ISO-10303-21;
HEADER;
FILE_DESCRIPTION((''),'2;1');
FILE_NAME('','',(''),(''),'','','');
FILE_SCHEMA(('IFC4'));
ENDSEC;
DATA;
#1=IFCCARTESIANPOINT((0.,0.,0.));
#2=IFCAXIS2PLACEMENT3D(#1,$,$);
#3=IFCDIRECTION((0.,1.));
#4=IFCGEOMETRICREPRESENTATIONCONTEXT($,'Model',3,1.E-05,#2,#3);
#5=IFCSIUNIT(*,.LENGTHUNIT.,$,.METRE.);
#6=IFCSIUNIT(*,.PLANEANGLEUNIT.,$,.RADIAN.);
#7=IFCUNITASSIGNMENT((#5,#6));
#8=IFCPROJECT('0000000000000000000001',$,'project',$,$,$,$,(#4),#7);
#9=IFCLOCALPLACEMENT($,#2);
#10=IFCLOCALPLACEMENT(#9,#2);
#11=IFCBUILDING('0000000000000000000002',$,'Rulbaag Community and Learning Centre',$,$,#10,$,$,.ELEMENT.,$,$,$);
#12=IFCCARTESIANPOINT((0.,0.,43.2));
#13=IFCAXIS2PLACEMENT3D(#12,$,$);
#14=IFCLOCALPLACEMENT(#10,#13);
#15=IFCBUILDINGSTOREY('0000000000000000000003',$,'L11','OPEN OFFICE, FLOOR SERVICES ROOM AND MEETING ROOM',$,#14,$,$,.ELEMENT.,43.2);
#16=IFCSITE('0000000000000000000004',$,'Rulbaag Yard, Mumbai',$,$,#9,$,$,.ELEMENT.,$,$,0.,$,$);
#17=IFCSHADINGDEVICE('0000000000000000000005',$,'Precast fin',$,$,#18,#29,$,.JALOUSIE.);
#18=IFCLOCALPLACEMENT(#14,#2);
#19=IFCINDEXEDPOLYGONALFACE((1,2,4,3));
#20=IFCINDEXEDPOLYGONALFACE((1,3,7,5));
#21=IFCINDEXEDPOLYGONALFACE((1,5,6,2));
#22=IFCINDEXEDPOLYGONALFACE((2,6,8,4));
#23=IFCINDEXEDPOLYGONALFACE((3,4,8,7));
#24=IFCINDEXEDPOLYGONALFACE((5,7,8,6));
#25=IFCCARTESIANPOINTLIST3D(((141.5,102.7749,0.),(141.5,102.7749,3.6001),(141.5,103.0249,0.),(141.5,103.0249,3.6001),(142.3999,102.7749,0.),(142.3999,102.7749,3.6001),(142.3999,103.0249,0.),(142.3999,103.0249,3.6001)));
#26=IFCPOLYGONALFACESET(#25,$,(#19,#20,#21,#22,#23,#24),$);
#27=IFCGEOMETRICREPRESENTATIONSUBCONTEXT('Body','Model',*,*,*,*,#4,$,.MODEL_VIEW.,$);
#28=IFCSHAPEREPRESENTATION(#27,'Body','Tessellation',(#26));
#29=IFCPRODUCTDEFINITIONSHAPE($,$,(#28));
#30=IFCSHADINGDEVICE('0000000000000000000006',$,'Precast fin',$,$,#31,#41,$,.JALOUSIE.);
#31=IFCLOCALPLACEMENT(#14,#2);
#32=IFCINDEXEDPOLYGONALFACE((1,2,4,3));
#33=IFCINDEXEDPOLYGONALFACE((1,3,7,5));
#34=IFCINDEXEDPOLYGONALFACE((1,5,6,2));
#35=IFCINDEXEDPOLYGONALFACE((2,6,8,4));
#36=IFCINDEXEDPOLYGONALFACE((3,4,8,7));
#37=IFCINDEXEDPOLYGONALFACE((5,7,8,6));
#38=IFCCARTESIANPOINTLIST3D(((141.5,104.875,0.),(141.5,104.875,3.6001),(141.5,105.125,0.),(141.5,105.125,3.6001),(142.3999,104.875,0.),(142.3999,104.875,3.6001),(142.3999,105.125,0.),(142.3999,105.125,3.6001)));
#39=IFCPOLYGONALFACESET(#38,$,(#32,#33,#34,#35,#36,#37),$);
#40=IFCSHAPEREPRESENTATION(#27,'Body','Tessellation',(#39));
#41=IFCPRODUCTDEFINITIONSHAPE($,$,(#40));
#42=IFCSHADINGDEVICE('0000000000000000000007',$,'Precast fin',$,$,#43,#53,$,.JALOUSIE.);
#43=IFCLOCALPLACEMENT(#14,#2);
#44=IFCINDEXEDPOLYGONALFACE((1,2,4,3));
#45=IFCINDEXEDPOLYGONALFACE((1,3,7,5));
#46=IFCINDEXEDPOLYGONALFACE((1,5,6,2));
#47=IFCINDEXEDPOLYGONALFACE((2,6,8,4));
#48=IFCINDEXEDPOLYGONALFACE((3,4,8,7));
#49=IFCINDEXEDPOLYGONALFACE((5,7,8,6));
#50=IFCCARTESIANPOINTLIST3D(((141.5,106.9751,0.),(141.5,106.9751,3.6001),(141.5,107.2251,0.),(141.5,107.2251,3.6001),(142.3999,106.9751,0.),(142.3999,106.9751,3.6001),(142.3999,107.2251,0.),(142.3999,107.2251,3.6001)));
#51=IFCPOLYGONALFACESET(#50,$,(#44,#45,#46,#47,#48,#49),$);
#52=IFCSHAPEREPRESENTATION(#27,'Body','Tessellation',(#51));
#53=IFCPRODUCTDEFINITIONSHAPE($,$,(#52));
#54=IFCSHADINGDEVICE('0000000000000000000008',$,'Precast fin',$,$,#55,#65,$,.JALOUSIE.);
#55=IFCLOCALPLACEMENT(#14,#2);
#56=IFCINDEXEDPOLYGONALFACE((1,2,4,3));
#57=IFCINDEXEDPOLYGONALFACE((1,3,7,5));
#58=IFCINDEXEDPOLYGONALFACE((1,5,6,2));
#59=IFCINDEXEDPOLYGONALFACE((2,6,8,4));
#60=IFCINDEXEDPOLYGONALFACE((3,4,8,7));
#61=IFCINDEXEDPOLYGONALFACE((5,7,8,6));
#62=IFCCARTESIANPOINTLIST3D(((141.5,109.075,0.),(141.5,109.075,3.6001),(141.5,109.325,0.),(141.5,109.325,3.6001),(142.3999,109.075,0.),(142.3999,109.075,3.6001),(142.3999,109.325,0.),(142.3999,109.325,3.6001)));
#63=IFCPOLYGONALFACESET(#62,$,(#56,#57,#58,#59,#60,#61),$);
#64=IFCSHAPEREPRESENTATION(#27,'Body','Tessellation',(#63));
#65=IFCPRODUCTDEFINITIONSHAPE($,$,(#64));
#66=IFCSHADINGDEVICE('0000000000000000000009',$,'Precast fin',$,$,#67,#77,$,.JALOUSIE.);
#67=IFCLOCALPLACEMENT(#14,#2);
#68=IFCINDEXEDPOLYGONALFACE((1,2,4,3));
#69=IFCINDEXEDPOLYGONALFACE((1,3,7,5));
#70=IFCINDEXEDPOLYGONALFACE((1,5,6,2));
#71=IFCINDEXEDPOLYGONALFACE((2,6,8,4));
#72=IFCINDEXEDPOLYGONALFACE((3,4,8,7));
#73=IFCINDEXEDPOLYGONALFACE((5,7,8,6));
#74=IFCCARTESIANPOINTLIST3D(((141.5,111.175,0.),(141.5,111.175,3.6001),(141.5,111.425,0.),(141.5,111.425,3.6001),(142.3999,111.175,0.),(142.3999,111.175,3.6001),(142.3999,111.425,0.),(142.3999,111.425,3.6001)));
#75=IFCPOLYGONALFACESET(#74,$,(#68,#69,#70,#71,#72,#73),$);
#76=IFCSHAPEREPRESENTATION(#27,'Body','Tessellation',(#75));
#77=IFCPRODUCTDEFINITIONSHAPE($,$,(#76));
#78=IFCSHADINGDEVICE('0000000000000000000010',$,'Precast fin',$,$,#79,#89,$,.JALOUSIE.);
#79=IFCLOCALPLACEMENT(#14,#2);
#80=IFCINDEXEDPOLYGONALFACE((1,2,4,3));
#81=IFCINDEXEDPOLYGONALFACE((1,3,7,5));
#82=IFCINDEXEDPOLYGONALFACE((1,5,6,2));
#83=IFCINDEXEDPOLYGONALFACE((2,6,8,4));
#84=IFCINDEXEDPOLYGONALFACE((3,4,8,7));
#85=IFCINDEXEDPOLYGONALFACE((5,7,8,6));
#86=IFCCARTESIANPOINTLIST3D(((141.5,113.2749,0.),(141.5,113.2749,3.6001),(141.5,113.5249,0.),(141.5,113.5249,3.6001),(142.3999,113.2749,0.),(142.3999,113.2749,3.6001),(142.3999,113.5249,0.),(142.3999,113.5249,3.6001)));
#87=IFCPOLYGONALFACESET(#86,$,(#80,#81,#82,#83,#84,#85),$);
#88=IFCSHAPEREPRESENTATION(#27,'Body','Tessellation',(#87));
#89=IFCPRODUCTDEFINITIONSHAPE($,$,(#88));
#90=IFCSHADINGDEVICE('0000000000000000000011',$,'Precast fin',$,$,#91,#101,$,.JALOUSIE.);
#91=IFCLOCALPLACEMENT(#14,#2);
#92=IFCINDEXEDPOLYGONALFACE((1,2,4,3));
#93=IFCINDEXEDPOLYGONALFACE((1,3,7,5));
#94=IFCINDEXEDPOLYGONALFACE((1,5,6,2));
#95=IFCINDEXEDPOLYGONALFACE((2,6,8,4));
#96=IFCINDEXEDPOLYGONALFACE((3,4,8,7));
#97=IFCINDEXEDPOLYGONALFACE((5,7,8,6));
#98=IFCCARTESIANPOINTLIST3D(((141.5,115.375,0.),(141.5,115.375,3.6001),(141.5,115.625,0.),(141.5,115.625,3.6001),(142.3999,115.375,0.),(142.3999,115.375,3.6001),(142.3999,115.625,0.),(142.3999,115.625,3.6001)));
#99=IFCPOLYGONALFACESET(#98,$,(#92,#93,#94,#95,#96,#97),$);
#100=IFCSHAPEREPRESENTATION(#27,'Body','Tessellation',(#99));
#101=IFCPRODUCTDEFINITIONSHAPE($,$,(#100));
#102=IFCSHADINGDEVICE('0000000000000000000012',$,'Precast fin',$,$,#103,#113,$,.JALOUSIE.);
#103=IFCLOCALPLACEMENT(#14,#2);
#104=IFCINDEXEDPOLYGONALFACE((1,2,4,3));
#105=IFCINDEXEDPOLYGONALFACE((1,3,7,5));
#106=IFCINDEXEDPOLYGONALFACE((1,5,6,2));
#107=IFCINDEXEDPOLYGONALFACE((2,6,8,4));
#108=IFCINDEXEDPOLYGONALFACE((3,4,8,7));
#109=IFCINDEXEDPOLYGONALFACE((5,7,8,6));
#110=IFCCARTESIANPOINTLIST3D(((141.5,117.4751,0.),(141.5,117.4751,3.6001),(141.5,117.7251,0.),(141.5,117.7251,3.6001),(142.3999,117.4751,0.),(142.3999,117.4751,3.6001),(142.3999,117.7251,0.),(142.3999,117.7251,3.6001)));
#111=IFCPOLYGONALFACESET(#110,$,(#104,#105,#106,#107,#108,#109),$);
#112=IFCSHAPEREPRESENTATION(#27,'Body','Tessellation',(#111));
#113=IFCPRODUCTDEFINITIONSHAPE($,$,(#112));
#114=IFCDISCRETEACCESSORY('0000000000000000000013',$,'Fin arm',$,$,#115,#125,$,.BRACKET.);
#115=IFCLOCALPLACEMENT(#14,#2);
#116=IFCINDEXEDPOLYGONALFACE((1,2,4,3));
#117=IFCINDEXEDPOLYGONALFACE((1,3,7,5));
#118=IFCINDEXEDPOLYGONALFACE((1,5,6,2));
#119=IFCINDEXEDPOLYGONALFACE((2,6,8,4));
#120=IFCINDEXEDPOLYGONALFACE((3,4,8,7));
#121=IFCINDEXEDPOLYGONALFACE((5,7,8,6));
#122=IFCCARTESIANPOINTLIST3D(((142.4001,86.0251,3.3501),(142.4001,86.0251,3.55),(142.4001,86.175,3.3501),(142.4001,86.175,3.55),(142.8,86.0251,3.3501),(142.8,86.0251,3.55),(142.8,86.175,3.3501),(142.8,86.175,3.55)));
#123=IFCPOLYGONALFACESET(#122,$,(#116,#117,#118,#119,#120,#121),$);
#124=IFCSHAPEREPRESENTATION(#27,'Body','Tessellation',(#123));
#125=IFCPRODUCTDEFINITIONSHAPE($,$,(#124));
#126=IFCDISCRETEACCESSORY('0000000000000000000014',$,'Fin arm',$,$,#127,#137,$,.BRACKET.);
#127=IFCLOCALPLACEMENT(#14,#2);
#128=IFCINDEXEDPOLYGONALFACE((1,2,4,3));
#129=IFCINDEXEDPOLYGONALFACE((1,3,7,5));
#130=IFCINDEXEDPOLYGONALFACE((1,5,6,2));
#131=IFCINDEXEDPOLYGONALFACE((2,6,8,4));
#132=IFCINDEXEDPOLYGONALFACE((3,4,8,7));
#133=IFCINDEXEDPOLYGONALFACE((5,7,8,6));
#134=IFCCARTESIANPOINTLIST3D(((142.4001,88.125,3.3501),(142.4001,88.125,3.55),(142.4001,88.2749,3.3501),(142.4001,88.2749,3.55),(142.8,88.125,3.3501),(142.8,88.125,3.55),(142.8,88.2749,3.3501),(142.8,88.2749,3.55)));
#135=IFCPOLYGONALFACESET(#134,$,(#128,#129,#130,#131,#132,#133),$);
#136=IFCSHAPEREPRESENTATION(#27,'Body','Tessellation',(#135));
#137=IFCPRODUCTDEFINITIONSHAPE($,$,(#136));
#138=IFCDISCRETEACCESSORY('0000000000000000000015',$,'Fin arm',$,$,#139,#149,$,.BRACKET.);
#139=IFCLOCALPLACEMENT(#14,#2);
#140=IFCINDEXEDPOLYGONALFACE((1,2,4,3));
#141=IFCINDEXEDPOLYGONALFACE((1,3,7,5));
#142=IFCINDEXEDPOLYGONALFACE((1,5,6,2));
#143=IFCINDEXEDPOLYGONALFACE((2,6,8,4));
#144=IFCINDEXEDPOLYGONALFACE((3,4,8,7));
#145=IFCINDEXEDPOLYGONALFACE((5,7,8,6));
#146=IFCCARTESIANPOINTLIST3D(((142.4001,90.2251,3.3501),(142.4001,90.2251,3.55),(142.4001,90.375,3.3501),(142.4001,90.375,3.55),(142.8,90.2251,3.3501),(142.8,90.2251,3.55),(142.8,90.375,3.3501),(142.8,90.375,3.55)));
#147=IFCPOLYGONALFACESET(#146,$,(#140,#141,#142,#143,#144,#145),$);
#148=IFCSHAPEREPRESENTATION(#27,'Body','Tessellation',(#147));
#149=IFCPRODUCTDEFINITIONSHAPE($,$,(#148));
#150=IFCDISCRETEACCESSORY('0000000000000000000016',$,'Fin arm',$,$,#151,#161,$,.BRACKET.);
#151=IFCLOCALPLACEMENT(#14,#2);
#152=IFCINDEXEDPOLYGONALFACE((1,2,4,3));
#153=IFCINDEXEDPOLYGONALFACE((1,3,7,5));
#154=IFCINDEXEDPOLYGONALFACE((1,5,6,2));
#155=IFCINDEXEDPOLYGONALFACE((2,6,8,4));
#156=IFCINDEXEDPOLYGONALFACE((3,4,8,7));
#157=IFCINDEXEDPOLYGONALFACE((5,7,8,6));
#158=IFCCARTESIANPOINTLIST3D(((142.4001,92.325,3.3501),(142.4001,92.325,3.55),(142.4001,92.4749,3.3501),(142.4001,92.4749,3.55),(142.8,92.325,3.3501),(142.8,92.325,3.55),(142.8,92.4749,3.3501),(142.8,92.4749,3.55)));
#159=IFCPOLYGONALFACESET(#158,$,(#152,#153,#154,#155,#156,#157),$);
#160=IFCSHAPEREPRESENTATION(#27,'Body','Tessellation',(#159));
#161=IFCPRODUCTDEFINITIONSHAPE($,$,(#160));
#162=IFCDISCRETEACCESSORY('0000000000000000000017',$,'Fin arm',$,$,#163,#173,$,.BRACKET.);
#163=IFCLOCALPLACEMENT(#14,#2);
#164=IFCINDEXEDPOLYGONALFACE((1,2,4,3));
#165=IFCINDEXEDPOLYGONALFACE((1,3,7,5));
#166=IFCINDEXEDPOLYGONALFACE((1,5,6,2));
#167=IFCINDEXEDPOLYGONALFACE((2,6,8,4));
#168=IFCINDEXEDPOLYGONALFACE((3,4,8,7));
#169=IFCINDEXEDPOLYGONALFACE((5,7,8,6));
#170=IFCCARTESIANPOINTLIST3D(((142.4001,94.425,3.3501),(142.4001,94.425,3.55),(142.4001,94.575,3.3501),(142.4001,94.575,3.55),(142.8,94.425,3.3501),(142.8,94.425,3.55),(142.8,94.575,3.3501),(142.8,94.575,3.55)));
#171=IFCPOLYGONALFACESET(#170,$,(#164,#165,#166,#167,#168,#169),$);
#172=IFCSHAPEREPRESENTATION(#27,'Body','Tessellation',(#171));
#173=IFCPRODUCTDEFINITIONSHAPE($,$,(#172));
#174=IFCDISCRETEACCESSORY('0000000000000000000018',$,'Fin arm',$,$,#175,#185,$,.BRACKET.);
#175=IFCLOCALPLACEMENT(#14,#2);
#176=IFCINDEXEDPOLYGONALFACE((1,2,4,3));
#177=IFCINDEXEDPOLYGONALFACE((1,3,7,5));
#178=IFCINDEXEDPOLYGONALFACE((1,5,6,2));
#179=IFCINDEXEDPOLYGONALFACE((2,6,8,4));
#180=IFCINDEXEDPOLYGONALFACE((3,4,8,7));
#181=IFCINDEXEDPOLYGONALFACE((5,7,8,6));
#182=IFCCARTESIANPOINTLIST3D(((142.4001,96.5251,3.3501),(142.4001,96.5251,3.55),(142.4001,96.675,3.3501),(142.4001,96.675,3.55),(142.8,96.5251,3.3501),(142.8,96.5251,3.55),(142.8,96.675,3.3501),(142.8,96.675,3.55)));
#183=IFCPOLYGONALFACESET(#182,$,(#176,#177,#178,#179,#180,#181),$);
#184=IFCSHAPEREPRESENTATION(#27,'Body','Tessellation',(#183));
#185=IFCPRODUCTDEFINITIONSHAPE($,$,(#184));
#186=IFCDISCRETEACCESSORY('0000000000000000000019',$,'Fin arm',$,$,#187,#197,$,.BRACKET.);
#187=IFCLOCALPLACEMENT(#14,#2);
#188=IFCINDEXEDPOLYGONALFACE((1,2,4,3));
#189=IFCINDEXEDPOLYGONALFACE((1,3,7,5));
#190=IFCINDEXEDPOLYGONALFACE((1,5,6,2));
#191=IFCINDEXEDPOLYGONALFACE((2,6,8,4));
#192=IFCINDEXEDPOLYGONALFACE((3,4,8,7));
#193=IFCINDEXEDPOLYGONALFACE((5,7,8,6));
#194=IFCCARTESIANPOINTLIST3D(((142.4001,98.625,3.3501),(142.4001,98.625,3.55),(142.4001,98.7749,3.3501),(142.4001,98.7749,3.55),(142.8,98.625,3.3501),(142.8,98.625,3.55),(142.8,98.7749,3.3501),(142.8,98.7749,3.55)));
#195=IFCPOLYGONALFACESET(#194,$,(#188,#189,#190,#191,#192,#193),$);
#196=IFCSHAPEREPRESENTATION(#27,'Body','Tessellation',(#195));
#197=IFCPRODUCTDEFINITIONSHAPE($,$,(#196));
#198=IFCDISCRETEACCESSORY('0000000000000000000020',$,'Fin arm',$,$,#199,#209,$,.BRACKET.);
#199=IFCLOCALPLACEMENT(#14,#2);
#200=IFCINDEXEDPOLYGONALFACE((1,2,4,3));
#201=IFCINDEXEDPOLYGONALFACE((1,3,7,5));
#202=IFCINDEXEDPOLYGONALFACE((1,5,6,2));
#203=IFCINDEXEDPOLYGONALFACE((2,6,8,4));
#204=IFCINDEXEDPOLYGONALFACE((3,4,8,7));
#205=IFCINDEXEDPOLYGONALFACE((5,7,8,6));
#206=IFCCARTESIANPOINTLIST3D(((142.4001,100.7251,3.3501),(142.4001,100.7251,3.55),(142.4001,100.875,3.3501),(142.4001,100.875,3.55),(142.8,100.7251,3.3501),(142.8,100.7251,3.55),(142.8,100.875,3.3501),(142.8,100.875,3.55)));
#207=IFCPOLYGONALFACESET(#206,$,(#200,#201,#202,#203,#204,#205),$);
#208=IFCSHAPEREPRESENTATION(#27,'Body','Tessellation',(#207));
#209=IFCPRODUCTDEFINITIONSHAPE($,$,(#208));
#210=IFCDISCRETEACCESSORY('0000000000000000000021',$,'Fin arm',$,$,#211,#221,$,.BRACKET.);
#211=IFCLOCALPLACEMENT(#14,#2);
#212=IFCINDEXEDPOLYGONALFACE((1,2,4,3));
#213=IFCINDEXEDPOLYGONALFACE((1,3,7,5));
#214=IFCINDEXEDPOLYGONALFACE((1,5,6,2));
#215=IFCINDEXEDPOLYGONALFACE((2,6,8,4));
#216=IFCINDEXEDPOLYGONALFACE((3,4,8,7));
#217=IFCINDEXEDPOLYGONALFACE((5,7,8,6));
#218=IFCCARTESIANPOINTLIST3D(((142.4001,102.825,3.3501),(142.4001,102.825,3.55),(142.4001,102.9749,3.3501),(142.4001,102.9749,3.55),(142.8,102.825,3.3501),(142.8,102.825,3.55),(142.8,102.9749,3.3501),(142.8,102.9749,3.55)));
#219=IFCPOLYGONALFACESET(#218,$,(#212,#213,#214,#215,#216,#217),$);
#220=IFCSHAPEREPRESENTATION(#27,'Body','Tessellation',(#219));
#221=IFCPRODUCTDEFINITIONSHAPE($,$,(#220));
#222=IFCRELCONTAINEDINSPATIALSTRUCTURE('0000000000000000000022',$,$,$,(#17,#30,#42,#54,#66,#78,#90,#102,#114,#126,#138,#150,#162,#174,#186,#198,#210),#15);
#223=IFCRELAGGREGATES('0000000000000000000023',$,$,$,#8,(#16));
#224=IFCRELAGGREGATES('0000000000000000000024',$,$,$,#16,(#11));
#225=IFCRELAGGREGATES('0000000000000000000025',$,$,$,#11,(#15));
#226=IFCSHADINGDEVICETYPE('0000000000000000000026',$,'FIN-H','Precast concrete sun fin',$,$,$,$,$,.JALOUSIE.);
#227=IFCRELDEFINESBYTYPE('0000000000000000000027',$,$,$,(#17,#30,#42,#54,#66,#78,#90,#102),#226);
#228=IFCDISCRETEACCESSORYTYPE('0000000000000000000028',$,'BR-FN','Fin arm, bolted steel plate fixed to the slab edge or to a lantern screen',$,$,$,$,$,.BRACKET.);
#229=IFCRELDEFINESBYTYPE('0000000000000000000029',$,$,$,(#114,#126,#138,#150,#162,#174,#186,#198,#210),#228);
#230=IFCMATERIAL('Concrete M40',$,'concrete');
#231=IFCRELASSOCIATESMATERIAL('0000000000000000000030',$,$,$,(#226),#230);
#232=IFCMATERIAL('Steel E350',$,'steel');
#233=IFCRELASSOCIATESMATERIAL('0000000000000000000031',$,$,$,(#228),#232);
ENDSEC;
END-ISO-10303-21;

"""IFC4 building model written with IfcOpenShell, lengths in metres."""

from ifc_helpers import new_model, si_unit, direction, frame, origin, origin_2d, place, context, subcontext, project, spatial, rectangle, extrude, material, material_profile, profile_set, type_object, element, save


model = new_model("IFC4")

# Units and contexts
model_context = context("Model", 3, precision=1e-05, world=origin(), true_north=direction((0.0, 1.0)))
body_context = subcontext(model_context, "Body", "Model", "MODEL_VIEW")
ifc_project = project(units=[si_unit("LENGTHUNIT", "METRE"), si_unit("PLANEANGLEUNIT", "RADIAN")], contexts=[model_context])

# Site, building, storey
site_placement = place(None, origin())
site = spatial("IfcSite", under=ifc_project, at=site_placement, Name="Rulbaag Yard, Mumbai", CompositionType="ELEMENT", RefElevation=0.0)
building_placement = place(site_placement, origin())
building = spatial("IfcBuilding", under=site, at=building_placement, Name="Rulbaag Community and Learning Centre", CompositionType="ELEMENT")
storey_placement = place(building_placement, frame((0.0, 0.0, 43.2)))
storey = spatial("IfcBuildingStorey", under=building, at=storey_placement, Name="L11", Description="OPEN OFFICE, FLOOR SERVICES ROOM AND MEETING ROOM", CompositionType="ELEMENT", Elevation=43.2)

# Shared definitions
ifc_material_1 = material(Name="Concrete M40", Category="concrete")

# Shading devices
ifc_material_profile = material_profile(ifc_material_1, rectangle(XDim=0.25, YDim=0.8999, at=origin_2d()), Name="PC 250x900")
ifc_profile_set = profile_set([ifc_material_profile], Name="Concrete M40")
shading_device_type = type_object("IfcShadingDeviceType", Name="FIN-H", Description="Precast concrete sun fin", PredefinedType="JALOUSIE", material=ifc_profile_set)
for number, where, z_axis, x_axis, name in (
    (1, (141.95, 102.8999, 0.0), (0.0, 0.0, 1.0), (0.0, 1.0, 0.0), "Precast fin"),
    (2, (141.95, 105.0, 0.0), (0.0, 0.0, 1.0), (0.0, 1.0, 0.0), "Precast fin"),
    (3, (141.95, 107.1001, 0.0), (0.0, 0.0, 1.0), (0.0, 1.0, 0.0), "Precast fin"),
    (4, (141.95, 109.2, 0.0), (0.0, 0.0, 1.0), (0.0, 1.0, 0.0), "Precast fin"),
    (5, (141.95, 111.3, 0.0), (0.0, 0.0, 1.0), (0.0, 1.0, 0.0), "Precast fin"),
    (6, (141.95, 113.3999, 0.0), (0.0, 0.0, 1.0), (0.0, 1.0, 0.0), "Precast fin"),
    (7, (141.95, 115.5, 0.0), (0.0, 0.0, 1.0), (0.0, 1.0, 0.0), "Precast fin"),
    (8, (141.95, 117.6001, 0.0), (0.0, 0.0, 1.0), (0.0, 1.0, 0.0), "Precast fin"),
):
    element("IfcShadingDevice", number, at=place(storey_placement, frame(where, z_axis=z_axis, x_axis=x_axis)), inside=storey, type_object=shading_device_type, Name=name, PredefinedType="JALOUSIE", context=body_context, shape_type="SweptSolid", body=[
        extrude(rectangle(XDim=0.25, YDim=0.8999, at=origin_2d()), origin(), (0.0, 0.0, 1.0), 3.6001),
    ])

# Discrete accessories
ifc_material_2 = material(Name="Steel E350", Category="steel")
discrete_accessory_type = type_object("IfcDiscreteAccessoryType", Name="BR-FN", Description="Fin arm, bolted steel plate fixed to the slab edge or to a lantern screen", PredefinedType="BRACKET", material=ifc_material_2)
for number, where, z_axis, x_axis, name in (
    (9, (142.6001, 86.1001, 3.3501), (0.0, 0.0, 1.0), (1.0, 0.0, 0.0), "Fin arm"),
    (10, (142.6001, 88.2, 3.3501), (0.0, 0.0, 1.0), (1.0, 0.0, 0.0), "Fin arm"),
    (11, (142.6001, 90.3, 3.3501), (0.0, 0.0, 1.0), (1.0, 0.0, 0.0), "Fin arm"),
    (12, (142.6001, 92.3999, 3.3501), (0.0, 0.0, 1.0), (1.0, 0.0, 0.0), "Fin arm"),
    (13, (142.6001, 94.5, 3.3501), (0.0, 0.0, 1.0), (1.0, 0.0, 0.0), "Fin arm"),
    (14, (142.6001, 96.6001, 3.3501), (0.0, 0.0, 1.0), (1.0, 0.0, 0.0), "Fin arm"),
    (15, (142.6001, 98.7, 3.3501), (0.0, 0.0, 1.0), (1.0, 0.0, 0.0), "Fin arm"),
    (16, (142.6001, 100.8, 3.3501), (0.0, 0.0, 1.0), (1.0, 0.0, 0.0), "Fin arm"),
    (17, (142.6001, 102.8999, 3.3501), (0.0, 0.0, 1.0), (1.0, 0.0, 0.0), "Fin arm"),
):
    element("IfcDiscreteAccessory", number, at=place(storey_placement, frame(where, z_axis=z_axis, x_axis=x_axis)), inside=storey, type_object=discrete_accessory_type, Name=name, PredefinedType="BRACKET", context=body_context, shape_type="SweptSolid", body=[
        extrude(rectangle(XDim=0.3999, YDim=0.1499, at=origin_2d()), origin(), (0.0, 0.0, 1.0), 0.2),
    ])

save(model, "model.ifc")
